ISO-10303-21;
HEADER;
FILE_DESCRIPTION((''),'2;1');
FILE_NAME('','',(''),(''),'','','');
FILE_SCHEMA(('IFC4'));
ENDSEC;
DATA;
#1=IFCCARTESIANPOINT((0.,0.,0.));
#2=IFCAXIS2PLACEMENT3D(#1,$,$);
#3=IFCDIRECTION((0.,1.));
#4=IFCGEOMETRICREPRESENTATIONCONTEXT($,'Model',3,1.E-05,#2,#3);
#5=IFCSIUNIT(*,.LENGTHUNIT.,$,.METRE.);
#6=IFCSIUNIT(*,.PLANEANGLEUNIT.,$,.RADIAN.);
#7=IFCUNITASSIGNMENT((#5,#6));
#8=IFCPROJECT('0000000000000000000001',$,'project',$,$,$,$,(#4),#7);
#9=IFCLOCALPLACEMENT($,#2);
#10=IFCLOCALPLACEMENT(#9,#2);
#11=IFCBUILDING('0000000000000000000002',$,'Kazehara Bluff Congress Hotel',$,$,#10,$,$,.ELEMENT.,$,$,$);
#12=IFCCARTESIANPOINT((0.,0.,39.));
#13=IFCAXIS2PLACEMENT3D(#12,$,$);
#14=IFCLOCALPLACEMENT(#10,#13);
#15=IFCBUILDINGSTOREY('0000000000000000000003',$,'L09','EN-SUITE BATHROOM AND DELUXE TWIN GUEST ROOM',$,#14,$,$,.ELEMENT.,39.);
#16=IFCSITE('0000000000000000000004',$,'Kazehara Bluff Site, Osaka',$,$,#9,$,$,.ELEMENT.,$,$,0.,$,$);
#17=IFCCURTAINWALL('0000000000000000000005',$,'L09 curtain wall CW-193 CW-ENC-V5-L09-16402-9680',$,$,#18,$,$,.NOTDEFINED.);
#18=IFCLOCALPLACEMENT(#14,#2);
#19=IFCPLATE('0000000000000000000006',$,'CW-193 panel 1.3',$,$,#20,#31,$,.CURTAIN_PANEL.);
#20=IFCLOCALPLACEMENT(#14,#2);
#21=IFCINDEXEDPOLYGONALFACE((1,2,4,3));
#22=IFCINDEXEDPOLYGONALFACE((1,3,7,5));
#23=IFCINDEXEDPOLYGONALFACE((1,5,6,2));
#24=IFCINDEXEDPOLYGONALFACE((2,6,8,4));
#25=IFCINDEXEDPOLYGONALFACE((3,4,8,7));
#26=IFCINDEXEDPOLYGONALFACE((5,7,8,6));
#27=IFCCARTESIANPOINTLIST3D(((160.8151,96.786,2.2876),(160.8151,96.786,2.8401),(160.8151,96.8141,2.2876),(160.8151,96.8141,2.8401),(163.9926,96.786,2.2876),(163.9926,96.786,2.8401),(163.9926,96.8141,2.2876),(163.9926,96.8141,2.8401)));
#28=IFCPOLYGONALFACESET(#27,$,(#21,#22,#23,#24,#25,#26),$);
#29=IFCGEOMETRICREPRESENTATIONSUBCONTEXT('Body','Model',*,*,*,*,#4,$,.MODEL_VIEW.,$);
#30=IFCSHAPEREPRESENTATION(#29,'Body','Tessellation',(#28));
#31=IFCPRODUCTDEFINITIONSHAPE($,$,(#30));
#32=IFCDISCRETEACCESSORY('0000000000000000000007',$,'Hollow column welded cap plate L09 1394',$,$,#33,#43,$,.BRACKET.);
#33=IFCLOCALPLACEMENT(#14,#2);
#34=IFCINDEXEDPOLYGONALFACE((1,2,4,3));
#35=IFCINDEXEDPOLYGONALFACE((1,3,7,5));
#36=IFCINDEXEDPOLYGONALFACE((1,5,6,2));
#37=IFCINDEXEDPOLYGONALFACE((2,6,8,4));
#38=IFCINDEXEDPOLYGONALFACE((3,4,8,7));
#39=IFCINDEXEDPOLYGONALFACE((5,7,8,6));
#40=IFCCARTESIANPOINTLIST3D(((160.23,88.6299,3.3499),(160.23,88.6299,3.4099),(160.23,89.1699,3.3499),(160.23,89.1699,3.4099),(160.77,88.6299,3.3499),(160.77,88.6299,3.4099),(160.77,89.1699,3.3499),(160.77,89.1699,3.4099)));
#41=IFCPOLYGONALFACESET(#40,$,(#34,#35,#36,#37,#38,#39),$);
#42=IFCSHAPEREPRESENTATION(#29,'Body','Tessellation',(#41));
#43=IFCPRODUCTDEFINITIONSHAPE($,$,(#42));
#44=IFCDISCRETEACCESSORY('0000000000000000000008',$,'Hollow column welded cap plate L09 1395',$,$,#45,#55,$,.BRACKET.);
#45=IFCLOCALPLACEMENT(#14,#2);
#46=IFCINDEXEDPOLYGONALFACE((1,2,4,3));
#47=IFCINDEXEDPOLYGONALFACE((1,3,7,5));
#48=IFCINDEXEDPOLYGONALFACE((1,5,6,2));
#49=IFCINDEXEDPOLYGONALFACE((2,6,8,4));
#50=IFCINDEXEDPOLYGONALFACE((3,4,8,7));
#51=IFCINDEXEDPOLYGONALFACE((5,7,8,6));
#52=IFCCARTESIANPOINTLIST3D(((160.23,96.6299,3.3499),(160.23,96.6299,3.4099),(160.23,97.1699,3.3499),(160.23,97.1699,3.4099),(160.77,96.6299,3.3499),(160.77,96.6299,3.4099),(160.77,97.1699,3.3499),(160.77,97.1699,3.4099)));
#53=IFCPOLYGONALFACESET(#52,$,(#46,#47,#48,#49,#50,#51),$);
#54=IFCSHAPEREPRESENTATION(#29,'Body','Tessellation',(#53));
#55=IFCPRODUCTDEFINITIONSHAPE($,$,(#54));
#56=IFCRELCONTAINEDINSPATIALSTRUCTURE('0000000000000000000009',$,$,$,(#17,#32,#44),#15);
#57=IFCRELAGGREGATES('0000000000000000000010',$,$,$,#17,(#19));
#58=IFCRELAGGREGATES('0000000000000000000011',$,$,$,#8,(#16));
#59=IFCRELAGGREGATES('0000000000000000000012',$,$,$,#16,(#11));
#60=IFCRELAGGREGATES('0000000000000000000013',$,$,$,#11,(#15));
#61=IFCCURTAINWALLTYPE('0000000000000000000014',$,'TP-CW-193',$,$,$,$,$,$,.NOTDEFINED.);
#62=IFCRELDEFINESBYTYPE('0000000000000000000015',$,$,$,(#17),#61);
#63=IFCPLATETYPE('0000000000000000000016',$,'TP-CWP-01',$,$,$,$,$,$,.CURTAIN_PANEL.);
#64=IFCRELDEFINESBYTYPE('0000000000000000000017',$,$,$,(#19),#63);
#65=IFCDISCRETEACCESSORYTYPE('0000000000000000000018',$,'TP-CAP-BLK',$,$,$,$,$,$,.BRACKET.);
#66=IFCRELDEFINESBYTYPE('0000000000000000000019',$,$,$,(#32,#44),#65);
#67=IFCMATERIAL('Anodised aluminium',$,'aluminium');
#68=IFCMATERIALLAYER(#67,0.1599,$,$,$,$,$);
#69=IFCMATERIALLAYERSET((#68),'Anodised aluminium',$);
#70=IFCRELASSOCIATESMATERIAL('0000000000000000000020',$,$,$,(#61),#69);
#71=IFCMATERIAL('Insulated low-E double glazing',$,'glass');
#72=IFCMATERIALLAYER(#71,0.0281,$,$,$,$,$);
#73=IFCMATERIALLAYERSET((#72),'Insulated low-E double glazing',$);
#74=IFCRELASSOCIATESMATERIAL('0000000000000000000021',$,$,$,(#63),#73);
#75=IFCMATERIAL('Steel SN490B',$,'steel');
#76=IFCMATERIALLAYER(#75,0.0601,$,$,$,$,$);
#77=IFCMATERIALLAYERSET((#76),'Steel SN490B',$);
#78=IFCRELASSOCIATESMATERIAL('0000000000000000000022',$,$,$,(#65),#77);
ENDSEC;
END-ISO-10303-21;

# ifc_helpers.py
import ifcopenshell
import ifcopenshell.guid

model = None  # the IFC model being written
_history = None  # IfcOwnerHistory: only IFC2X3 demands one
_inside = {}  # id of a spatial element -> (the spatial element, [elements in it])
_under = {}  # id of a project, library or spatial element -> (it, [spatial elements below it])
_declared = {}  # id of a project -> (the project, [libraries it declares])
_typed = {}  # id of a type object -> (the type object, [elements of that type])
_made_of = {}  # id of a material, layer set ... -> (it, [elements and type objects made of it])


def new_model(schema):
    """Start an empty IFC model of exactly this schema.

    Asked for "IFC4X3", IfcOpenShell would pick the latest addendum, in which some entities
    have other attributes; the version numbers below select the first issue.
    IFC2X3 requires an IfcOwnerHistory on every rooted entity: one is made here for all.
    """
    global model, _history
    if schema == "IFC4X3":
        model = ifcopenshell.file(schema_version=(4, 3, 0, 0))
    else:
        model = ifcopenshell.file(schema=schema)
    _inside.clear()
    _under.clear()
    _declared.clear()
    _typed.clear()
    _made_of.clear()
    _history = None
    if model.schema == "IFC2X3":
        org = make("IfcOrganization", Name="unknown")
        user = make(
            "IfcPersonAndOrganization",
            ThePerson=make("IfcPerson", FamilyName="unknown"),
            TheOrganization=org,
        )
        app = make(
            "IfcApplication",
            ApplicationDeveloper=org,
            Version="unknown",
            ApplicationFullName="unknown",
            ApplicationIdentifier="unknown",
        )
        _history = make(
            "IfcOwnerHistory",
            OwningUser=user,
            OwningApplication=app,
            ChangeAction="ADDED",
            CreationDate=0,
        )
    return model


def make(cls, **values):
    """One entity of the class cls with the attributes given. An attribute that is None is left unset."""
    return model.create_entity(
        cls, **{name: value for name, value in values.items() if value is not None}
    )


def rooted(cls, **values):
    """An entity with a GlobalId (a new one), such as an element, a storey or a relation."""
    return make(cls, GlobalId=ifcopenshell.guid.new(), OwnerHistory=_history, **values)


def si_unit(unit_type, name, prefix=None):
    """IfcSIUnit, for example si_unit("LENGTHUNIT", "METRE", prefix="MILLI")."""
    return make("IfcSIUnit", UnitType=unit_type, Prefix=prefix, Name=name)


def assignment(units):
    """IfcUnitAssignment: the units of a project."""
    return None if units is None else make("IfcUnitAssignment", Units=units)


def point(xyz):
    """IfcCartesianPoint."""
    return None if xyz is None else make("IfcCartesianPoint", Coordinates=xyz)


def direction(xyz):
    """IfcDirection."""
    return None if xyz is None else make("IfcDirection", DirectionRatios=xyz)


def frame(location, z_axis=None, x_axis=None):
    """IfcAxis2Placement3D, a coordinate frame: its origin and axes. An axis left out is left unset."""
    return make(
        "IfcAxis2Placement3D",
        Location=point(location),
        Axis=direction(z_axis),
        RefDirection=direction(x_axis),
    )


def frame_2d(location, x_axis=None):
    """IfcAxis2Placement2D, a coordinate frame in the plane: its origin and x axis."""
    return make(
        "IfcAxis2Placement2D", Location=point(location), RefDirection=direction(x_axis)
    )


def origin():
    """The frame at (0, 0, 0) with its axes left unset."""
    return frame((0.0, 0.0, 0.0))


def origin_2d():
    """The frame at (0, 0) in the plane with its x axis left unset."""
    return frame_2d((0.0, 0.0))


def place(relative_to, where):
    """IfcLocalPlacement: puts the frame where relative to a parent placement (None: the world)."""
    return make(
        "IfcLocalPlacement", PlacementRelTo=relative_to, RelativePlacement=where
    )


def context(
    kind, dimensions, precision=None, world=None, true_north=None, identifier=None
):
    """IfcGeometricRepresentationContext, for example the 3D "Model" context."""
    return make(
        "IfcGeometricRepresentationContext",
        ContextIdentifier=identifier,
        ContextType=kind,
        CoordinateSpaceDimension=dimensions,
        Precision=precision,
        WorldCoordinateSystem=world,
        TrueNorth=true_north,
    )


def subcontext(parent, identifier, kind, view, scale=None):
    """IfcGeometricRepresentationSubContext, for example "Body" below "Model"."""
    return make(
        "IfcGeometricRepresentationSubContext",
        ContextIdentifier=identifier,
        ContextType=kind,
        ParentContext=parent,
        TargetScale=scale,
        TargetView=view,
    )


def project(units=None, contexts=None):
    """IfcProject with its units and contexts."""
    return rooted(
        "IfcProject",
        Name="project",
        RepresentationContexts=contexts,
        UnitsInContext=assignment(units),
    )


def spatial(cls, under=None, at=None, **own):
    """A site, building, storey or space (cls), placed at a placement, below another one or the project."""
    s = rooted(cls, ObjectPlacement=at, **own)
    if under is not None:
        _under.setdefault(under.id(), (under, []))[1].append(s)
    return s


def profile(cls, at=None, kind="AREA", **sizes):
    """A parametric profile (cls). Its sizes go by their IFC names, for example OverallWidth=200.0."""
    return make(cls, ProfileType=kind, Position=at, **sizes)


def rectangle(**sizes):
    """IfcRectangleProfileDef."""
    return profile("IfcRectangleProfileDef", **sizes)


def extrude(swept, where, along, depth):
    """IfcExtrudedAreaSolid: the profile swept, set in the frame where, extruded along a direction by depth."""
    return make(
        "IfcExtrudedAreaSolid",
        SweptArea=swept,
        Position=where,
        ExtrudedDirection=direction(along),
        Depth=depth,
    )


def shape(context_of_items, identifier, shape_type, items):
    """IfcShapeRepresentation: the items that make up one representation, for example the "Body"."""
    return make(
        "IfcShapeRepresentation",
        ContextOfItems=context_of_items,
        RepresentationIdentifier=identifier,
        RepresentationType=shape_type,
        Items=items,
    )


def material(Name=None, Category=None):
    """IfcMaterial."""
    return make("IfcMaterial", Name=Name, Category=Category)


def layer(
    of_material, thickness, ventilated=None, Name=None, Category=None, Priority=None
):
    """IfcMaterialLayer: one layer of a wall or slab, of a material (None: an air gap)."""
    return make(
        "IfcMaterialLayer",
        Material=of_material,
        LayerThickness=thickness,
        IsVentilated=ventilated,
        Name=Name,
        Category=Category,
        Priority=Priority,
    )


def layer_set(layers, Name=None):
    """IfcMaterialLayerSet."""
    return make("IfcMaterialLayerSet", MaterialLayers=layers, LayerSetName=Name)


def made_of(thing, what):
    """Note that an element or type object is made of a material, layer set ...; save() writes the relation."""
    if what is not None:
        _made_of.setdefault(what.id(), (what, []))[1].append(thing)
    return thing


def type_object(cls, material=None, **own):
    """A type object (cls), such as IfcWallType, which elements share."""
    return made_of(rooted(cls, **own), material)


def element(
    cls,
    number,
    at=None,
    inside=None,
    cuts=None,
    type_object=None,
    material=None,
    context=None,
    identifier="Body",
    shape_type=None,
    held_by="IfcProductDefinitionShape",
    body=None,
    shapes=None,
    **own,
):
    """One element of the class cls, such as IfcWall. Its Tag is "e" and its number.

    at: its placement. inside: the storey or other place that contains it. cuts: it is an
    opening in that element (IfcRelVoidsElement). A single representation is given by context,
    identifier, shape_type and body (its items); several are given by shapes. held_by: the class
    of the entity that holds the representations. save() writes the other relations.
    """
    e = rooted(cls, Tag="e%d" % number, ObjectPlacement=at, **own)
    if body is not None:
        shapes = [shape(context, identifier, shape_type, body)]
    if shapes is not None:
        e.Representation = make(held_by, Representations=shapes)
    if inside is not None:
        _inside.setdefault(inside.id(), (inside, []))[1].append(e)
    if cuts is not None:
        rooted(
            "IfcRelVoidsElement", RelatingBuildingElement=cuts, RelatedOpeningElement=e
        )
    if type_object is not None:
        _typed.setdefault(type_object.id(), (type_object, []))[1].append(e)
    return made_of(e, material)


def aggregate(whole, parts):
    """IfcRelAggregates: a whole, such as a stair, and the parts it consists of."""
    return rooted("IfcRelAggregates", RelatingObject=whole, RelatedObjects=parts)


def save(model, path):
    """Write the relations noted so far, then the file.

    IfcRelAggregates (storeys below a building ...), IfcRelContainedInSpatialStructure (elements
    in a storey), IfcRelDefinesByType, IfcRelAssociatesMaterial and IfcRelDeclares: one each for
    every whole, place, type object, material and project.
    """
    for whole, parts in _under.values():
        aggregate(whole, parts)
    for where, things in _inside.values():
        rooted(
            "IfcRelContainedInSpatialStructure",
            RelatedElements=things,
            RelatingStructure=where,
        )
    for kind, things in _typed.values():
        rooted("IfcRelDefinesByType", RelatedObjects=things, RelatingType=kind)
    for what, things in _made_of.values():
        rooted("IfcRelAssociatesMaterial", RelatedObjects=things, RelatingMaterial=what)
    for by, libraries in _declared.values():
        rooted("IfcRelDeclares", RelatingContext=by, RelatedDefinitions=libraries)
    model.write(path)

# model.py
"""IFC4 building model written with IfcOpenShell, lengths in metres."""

from ifc_helpers import new_model, si_unit, direction, frame, origin, origin_2d, place, context, subcontext, project, spatial, rectangle, extrude, material, layer, layer_set, type_object, element, aggregate, save


model = new_model("IFC4")

# Units and contexts
model_context = context("Model", 3, precision=1e-05, world=origin(), true_north=direction((0.0, 1.0)))
body_context = subcontext(model_context, "Body", "Model", "MODEL_VIEW")
ifc_project = project(units=[si_unit("LENGTHUNIT", "METRE"), si_unit("PLANEANGLEUNIT", "RADIAN")], contexts=[model_context])

# Site, building, storey
site_placement = place(None, origin())
site = spatial("IfcSite", under=ifc_project, at=site_placement, Name="Kazehara Bluff Site, Osaka", CompositionType="ELEMENT", RefElevation=0.0)
building_placement = place(site_placement, origin())
building = spatial("IfcBuilding", under=site, at=building_placement, Name="Kazehara Bluff Congress Hotel", CompositionType="ELEMENT")
storey_placement = place(building_placement, frame((0.0, 0.0, 39.0)))
storey = spatial("IfcBuildingStorey", under=building, at=storey_placement, Name="L09", Description="EN-SUITE BATHROOM AND DELUXE TWIN GUEST ROOM", CompositionType="ELEMENT", Elevation=39.0)

# Curtain wall
ifc_material_1 = material(Name="Anodised aluminium", Category="aluminium")
ifc_layer_1 = layer(ifc_material_1, 0.1599)
ifc_layer_set_1 = layer_set([ifc_layer_1], Name="Anodised aluminium")
curtain_wall_type_1 = type_object("IfcCurtainWallType", Name="TP-CW-193", PredefinedType="NOTDEFINED", material=ifc_layer_set_1)
curtain_wall_1_placement = place(storey_placement, origin())
curtain_wall_1 = element("IfcCurtainWall", 1, at=curtain_wall_1_placement, inside=storey, type_object=curtain_wall_type_1, Name="L09 curtain wall CW-193 CW-ENC-V5-L09-16402-9680", PredefinedType="NOTDEFINED")

# Plate
ifc_material_2 = material(Name="Insulated low-E double glazing", Category="glass")
ifc_layer_2 = layer(ifc_material_2, 0.0281)
ifc_layer_set_2 = layer_set([ifc_layer_2], Name="Insulated low-E double glazing")
plate_type = type_object("IfcPlateType", Name="TP-CWP-01", PredefinedType="CURTAIN_PANEL", material=ifc_layer_set_2)
plate_1_placement = place(storey_placement, frame((162.4038, 96.8, 2.2876), z_axis=(0.0, 0.0, 1.0), x_axis=(1.0, 0.0, 0.0)))
plate_1 = element("IfcPlate", 2, at=plate_1_placement, type_object=plate_type, Name="CW-193 panel 1.3", PredefinedType="CURTAIN_PANEL", context=body_context, shape_type="SweptSolid", body=[
    extrude(rectangle(XDim=3.1775, YDim=0.0281, at=origin_2d()), origin(), (0.0, 0.0, 1.0), 0.5525),
])
aggregate(curtain_wall_1, [plate_1])

# Discrete accessories
ifc_material_3 = material(Name="Steel SN490B", Category="steel")
ifc_layer_3 = layer(ifc_material_3, 0.0601)
ifc_layer_set_3 = layer_set([ifc_layer_3], Name="Steel SN490B")
discrete_accessory_type = type_object("IfcDiscreteAccessoryType", Name="TP-CAP-BLK", PredefinedType="BRACKET", material=ifc_layer_set_3)
for number, where, z_axis, x_axis, name in (
    (3, (160.5, 88.8999, 3.3499), (0.0, 0.0, 1.0), (1.0, 0.0, 0.0), "Hollow column welded cap plate L09 1394"),
    (4, (160.5, 96.8999, 3.3499), (0.0, 0.0, 1.0), (1.0, 0.0, 0.0), "Hollow column welded cap plate L09 1395"),
):
    element("IfcDiscreteAccessory", number, at=place(storey_placement, frame(where, z_axis=z_axis, x_axis=x_axis)), inside=storey, type_object=discrete_accessory_type, Name=name, PredefinedType="BRACKET", context=body_context, shape_type="SweptSolid", body=[
        extrude(rectangle(XDim=0.54, YDim=0.54, at=origin_2d()), origin(), (0.0, 0.0, 1.0), 0.0601),
    ])

save(model, "model.ifc")
